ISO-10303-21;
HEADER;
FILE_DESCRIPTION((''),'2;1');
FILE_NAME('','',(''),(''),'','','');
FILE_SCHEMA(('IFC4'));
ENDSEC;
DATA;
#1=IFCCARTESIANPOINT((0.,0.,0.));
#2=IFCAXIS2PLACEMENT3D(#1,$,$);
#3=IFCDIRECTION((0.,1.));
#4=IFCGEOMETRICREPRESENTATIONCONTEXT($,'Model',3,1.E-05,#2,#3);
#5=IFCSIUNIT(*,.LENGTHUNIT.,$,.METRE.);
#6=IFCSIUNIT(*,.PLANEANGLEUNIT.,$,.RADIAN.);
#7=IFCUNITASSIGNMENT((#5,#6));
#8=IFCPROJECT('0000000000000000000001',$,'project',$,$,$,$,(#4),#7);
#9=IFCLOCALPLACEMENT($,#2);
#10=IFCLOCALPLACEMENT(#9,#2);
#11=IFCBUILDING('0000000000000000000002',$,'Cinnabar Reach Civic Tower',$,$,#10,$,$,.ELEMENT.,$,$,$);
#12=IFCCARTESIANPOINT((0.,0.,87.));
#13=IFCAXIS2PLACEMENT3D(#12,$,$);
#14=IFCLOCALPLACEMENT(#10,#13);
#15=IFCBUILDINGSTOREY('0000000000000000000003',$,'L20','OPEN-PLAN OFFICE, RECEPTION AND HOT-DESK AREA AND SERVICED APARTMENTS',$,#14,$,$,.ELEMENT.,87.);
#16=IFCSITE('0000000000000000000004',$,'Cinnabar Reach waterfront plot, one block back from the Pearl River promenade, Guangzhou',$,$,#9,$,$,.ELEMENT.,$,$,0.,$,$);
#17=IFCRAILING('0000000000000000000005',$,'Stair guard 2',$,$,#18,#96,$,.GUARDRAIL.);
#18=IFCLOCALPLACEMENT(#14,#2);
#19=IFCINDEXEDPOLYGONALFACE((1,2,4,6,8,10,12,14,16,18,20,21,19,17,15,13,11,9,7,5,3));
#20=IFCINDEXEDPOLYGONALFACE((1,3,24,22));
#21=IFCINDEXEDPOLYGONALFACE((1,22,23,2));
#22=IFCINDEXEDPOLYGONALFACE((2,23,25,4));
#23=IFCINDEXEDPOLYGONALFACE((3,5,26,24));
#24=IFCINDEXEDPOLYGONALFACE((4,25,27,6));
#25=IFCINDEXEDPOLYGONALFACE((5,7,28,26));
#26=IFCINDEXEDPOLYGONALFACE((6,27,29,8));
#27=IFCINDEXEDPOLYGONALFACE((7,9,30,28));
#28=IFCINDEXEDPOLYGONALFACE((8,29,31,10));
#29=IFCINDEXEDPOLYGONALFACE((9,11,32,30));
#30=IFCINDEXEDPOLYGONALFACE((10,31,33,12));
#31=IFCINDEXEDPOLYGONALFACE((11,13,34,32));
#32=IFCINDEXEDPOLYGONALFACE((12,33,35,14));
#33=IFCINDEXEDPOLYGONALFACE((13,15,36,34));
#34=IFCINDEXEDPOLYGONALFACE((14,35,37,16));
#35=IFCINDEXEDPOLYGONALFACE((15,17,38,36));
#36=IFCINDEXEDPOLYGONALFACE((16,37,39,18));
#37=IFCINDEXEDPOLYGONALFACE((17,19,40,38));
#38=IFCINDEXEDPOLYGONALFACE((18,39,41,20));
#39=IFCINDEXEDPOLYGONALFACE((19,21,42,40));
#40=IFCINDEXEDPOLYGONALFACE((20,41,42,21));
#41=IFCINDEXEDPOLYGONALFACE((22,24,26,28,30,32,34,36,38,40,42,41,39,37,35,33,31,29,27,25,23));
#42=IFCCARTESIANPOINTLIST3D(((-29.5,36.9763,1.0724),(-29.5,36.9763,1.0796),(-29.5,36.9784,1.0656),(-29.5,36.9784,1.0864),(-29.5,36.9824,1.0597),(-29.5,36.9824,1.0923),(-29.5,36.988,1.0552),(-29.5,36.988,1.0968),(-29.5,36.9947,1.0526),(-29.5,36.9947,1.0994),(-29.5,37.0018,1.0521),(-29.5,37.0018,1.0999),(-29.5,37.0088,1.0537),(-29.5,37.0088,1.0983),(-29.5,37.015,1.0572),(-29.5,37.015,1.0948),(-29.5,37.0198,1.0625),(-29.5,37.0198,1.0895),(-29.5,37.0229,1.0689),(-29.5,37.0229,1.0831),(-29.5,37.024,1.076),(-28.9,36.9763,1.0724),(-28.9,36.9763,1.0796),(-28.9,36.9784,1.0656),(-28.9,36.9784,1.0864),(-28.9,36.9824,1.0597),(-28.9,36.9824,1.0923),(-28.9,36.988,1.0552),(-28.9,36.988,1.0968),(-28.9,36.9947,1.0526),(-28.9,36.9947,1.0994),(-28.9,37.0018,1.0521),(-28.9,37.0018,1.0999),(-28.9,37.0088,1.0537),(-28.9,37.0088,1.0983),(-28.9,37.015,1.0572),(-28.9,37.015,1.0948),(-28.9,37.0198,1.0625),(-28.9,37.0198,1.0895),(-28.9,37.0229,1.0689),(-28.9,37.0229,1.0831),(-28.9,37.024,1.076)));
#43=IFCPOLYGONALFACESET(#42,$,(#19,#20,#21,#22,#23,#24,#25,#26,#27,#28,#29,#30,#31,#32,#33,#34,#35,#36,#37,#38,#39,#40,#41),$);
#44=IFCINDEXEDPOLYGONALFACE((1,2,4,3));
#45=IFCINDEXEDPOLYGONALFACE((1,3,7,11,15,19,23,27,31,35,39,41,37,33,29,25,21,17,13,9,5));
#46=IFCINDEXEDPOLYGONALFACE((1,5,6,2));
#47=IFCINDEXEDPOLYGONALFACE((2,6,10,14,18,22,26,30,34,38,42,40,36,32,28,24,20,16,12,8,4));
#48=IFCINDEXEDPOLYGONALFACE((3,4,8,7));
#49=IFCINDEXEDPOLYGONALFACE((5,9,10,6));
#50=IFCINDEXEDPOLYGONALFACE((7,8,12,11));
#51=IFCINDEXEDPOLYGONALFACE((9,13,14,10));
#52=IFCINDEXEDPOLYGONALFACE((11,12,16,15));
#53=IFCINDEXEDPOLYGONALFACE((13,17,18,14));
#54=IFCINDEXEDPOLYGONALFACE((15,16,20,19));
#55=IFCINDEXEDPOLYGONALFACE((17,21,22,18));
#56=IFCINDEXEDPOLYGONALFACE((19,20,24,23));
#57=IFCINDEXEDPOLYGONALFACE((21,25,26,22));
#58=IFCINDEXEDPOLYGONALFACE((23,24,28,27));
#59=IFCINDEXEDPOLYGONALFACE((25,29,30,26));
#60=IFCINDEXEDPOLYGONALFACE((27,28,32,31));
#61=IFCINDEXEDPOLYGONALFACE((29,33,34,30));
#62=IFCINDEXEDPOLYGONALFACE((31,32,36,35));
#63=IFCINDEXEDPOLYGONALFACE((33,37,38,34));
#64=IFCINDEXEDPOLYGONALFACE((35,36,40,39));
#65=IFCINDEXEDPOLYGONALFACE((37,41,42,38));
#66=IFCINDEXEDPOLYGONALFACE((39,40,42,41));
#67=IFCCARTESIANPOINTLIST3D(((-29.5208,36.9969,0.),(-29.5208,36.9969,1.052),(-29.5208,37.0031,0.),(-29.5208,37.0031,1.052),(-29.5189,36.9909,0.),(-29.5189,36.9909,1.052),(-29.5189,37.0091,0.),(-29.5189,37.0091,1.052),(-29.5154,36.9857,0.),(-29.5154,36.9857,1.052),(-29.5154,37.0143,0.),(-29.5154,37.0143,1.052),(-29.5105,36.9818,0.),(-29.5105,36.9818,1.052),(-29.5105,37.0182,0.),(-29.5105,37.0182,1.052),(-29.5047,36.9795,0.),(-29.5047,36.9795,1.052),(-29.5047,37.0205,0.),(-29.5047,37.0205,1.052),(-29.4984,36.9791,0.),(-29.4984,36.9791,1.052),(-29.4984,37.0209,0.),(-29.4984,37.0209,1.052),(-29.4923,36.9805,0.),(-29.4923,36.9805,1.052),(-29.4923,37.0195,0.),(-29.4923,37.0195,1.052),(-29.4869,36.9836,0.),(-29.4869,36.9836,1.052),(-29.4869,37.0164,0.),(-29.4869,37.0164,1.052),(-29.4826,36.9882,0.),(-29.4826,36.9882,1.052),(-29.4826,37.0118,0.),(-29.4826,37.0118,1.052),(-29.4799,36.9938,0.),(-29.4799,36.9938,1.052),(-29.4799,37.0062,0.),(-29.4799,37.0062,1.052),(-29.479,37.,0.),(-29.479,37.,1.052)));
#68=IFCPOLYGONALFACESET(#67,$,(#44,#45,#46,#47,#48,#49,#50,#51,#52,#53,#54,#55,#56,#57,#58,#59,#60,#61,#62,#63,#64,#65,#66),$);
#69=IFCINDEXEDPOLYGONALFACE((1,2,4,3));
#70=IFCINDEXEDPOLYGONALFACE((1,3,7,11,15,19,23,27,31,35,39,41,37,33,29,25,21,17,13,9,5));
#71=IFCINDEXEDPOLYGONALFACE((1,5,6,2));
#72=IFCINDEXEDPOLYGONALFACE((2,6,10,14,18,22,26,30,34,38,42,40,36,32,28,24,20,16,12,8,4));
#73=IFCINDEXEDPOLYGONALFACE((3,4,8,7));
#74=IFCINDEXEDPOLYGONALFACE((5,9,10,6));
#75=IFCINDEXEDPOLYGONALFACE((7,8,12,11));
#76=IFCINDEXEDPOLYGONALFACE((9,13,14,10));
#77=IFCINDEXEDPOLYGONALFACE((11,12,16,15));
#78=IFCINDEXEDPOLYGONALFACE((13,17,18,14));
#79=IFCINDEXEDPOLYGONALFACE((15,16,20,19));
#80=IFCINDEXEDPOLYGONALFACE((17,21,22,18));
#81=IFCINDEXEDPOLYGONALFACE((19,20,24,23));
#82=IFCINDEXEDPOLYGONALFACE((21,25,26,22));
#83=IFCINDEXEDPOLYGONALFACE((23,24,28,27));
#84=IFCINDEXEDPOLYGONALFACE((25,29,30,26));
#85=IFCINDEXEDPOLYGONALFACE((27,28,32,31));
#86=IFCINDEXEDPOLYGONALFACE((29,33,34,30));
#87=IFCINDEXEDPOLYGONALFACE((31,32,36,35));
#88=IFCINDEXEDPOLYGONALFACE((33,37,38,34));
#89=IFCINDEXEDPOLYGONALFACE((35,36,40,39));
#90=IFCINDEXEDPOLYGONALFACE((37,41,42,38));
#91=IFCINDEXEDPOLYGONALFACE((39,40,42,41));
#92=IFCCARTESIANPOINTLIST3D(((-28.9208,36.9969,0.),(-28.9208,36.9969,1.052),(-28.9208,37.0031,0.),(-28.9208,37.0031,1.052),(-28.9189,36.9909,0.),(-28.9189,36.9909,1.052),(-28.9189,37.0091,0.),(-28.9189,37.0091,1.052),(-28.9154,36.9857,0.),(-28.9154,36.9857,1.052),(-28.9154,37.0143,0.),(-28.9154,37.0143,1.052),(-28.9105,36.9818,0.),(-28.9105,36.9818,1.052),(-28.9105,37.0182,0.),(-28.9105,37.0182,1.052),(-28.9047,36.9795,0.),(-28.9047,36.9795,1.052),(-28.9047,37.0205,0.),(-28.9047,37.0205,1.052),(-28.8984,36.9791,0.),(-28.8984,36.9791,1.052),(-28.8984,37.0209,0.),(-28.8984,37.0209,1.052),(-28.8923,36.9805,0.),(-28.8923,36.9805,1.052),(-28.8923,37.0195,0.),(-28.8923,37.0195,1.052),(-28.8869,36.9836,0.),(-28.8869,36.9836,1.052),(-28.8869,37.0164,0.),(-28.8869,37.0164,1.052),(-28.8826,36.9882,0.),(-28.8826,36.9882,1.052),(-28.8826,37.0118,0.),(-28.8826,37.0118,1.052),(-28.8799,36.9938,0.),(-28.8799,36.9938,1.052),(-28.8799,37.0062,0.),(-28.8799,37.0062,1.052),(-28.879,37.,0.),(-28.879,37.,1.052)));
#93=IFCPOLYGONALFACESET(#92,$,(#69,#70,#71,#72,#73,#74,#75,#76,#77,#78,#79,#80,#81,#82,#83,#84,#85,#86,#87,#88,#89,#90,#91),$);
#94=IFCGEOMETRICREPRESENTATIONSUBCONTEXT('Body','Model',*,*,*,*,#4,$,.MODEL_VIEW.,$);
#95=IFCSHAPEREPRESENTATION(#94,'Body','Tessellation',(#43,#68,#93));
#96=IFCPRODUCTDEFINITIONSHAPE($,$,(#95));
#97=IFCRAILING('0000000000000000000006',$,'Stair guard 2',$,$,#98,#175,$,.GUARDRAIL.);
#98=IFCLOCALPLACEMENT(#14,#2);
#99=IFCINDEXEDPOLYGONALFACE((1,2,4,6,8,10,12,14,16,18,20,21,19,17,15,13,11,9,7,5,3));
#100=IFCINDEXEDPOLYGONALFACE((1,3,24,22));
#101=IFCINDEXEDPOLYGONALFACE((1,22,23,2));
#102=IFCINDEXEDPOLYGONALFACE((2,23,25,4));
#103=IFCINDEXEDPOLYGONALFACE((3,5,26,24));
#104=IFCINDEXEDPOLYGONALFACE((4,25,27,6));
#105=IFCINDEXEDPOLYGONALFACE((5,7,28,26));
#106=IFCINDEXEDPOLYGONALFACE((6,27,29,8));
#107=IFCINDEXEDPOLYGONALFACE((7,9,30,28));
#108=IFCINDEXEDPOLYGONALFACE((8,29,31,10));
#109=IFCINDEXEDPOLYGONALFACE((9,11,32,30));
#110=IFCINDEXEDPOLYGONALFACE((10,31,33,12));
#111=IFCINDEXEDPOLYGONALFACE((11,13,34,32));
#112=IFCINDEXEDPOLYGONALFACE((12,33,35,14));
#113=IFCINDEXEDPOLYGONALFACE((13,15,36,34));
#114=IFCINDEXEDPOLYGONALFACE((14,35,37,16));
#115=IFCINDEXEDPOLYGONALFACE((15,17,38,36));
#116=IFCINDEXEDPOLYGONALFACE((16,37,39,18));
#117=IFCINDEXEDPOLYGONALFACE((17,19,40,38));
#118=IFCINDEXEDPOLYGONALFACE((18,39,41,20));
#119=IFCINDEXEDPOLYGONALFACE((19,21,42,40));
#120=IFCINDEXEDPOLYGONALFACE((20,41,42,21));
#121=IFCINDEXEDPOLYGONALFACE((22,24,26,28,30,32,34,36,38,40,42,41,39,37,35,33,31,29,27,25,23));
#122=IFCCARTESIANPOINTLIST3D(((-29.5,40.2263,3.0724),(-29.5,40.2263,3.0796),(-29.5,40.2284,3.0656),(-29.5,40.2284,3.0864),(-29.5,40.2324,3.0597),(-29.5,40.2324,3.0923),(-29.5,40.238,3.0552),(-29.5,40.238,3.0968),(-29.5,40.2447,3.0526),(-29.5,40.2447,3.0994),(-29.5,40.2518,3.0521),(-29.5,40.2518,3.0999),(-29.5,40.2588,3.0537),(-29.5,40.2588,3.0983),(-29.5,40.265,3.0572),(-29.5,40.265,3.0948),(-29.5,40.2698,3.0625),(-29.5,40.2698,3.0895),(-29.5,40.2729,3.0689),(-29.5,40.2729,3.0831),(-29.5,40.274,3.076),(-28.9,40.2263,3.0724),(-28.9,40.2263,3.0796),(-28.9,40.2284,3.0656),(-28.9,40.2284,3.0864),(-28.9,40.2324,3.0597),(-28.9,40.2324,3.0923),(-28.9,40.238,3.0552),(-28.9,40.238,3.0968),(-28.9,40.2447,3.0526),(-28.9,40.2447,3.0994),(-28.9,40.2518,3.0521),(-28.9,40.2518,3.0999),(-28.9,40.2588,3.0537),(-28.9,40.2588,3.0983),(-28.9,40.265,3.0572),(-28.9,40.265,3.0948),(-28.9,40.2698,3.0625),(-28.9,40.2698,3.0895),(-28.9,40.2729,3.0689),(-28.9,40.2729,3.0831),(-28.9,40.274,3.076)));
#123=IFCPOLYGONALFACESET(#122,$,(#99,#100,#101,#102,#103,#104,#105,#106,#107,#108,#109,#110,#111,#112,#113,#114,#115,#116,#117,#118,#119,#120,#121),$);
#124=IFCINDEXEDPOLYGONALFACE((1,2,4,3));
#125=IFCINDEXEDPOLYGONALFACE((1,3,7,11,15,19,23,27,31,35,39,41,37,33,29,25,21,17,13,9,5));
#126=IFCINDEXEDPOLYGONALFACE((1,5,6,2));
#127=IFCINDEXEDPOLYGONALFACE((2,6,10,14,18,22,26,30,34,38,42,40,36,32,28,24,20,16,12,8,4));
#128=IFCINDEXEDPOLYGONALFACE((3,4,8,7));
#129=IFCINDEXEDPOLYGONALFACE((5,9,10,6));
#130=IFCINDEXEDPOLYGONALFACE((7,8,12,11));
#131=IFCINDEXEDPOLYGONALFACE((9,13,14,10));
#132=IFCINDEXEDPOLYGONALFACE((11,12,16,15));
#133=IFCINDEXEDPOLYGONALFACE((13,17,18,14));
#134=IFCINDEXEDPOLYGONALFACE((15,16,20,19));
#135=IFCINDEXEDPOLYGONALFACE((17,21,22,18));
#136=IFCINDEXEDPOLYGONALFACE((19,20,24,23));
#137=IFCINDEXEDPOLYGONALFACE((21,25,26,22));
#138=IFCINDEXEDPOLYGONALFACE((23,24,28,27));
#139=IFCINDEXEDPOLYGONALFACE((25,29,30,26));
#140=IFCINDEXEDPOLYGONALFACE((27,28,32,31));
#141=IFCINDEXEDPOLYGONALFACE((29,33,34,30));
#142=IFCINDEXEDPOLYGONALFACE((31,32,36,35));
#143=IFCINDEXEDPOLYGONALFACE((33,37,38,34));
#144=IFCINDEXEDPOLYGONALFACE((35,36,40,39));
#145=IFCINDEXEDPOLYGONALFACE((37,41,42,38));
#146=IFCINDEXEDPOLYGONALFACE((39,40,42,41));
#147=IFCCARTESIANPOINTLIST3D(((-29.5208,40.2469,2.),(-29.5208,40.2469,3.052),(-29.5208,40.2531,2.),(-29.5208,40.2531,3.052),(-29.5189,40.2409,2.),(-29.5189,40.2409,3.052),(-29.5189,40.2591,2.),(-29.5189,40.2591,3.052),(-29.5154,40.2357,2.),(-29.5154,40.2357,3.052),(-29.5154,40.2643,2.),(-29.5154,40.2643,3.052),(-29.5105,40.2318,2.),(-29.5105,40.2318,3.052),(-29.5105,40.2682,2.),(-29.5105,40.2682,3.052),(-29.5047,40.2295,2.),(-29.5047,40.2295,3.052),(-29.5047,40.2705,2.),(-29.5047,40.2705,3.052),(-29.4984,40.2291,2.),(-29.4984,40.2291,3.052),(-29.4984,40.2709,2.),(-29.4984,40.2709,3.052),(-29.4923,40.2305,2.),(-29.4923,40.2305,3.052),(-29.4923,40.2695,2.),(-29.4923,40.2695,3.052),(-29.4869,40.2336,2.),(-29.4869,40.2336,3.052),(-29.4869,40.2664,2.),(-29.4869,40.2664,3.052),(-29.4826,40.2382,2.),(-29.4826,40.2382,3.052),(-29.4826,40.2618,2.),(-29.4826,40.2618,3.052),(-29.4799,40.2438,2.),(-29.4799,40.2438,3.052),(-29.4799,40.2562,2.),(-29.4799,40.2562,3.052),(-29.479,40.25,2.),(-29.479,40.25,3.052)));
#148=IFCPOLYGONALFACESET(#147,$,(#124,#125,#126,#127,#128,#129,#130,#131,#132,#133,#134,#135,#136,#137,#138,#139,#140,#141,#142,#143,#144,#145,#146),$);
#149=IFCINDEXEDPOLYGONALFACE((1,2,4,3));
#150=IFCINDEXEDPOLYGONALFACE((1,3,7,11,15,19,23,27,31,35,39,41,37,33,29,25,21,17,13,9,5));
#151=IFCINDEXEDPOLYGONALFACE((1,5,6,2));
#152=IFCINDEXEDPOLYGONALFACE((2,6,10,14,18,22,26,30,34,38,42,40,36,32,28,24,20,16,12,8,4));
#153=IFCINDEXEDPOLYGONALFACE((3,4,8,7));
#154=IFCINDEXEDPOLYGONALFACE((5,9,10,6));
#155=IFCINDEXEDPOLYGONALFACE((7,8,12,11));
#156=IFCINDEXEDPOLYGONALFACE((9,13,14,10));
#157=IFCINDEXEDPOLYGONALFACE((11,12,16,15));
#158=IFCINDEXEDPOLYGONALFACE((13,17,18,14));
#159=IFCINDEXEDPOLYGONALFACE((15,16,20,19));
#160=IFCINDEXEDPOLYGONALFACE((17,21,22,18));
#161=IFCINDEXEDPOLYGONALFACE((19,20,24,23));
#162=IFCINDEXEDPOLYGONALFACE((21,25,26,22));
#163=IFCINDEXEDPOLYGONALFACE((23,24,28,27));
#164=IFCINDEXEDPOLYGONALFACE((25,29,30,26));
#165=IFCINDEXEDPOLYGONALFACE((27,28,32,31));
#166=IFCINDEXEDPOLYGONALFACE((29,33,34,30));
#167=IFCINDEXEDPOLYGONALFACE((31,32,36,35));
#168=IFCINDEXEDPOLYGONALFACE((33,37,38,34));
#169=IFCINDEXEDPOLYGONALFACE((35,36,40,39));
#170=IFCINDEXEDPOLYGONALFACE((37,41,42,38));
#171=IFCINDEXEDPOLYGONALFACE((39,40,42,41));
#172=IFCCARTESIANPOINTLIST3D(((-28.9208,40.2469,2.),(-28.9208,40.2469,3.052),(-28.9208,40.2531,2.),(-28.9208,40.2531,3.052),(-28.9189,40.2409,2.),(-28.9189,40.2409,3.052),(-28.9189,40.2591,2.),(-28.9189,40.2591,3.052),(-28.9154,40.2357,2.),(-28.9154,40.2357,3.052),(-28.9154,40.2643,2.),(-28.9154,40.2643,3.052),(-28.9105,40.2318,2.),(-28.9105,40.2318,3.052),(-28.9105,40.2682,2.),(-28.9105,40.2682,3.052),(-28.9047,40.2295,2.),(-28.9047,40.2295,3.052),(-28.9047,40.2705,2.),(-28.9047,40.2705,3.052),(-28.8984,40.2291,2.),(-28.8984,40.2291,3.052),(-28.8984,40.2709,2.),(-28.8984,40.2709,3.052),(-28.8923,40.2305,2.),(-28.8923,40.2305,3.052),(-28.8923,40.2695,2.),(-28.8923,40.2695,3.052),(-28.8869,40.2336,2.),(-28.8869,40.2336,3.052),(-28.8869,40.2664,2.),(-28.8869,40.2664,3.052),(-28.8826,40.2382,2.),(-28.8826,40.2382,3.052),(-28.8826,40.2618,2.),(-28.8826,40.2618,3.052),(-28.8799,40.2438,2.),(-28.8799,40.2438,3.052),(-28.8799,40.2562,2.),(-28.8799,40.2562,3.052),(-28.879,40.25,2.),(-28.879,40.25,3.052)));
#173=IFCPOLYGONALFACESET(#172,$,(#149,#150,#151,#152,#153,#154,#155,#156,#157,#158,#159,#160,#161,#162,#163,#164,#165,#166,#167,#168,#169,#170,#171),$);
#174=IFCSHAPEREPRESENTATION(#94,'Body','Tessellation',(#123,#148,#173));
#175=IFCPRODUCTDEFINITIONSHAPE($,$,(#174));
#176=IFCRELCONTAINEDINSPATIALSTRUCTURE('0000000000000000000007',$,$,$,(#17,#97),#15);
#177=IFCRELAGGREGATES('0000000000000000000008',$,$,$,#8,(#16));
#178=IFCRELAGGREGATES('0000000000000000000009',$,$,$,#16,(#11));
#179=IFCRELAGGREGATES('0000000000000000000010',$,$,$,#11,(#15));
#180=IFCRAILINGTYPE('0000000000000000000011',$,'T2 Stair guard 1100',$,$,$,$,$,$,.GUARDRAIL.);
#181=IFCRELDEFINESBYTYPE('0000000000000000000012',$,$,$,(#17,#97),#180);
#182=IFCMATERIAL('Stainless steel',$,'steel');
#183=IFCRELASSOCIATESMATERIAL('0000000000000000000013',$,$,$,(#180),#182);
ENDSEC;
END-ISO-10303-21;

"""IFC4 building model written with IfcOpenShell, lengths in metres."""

from ifc_helpers import new_model, si_unit, direction, frame, origin, origin_2d, place, context, subcontext, project, spatial, circle, extrude, material, type_object, element, save


model = new_model("IFC4")

# Units and contexts
model_context = context("Model", 3, precision=1e-05, world=origin(), true_north=direction((0.0, 1.0)))
body_context = subcontext(model_context, "Body", "Model", "MODEL_VIEW")
ifc_project = project(units=[si_unit("LENGTHUNIT", "METRE"), si_unit("PLANEANGLEUNIT", "RADIAN")], contexts=[model_context])

# Site, building, storey
site_placement = place(None, origin())
site = spatial("IfcSite", under=ifc_project, at=site_placement, Name="Cinnabar Reach waterfront plot, one block back from the Pearl River promenade, Guangzhou", CompositionType="ELEMENT", RefElevation=0.0)
building_placement = place(site_placement, origin())
building = spatial("IfcBuilding", under=site, at=building_placement, Name="Cinnabar Reach Civic Tower", CompositionType="ELEMENT")
storey_placement = place(building_placement, frame((0.0, 0.0, 87.0)))
storey = spatial("IfcBuildingStorey", under=building, at=storey_placement, Name="L20", Description="OPEN-PLAN OFFICE, RECEPTION AND HOT-DESK AREA AND SERVICED APARTMENTS", CompositionType="ELEMENT", Elevation=87.0)

# Railings
ifc_material_1 = material(Name="Stainless steel", Category="steel")
railing_type_1 = type_object("IfcRailingType", Name="T2 Stair guard 1100", PredefinedType="GUARDRAIL", material=ifc_material_1)
for number, where, name in (
    (1, (-29.5, 37.0, 0.0), "Stair guard 2"),
    (2, (-29.5, 40.25, 2.0), "Stair guard 2"),
):
    element("IfcRailing", number, at=place(storey_placement, frame(where)), inside=storey, type_object=railing_type_1, Name=name, PredefinedType="GUARDRAIL", context=body_context, shape_type="SweptSolid", body=[
        extrude(circle(Radius=0.024, at=origin_2d()), frame((0.0, 0.0, 1.076), z_axis=(1.0, 0.0, 0.0), x_axis=(0.0, 1.0, 0.0)), (0.0, 0.0, 1.0), 0.6),
        extrude(circle(Radius=0.021, at=origin_2d()), origin(), (0.0, 0.0, 1.0), 1.052),
        extrude(circle(Radius=0.021, at=origin_2d()), frame((0.6, 0.0, 0.0)), (0.0, 0.0, 1.0), 1.052),
    ])

save(model, "model.ifc")
